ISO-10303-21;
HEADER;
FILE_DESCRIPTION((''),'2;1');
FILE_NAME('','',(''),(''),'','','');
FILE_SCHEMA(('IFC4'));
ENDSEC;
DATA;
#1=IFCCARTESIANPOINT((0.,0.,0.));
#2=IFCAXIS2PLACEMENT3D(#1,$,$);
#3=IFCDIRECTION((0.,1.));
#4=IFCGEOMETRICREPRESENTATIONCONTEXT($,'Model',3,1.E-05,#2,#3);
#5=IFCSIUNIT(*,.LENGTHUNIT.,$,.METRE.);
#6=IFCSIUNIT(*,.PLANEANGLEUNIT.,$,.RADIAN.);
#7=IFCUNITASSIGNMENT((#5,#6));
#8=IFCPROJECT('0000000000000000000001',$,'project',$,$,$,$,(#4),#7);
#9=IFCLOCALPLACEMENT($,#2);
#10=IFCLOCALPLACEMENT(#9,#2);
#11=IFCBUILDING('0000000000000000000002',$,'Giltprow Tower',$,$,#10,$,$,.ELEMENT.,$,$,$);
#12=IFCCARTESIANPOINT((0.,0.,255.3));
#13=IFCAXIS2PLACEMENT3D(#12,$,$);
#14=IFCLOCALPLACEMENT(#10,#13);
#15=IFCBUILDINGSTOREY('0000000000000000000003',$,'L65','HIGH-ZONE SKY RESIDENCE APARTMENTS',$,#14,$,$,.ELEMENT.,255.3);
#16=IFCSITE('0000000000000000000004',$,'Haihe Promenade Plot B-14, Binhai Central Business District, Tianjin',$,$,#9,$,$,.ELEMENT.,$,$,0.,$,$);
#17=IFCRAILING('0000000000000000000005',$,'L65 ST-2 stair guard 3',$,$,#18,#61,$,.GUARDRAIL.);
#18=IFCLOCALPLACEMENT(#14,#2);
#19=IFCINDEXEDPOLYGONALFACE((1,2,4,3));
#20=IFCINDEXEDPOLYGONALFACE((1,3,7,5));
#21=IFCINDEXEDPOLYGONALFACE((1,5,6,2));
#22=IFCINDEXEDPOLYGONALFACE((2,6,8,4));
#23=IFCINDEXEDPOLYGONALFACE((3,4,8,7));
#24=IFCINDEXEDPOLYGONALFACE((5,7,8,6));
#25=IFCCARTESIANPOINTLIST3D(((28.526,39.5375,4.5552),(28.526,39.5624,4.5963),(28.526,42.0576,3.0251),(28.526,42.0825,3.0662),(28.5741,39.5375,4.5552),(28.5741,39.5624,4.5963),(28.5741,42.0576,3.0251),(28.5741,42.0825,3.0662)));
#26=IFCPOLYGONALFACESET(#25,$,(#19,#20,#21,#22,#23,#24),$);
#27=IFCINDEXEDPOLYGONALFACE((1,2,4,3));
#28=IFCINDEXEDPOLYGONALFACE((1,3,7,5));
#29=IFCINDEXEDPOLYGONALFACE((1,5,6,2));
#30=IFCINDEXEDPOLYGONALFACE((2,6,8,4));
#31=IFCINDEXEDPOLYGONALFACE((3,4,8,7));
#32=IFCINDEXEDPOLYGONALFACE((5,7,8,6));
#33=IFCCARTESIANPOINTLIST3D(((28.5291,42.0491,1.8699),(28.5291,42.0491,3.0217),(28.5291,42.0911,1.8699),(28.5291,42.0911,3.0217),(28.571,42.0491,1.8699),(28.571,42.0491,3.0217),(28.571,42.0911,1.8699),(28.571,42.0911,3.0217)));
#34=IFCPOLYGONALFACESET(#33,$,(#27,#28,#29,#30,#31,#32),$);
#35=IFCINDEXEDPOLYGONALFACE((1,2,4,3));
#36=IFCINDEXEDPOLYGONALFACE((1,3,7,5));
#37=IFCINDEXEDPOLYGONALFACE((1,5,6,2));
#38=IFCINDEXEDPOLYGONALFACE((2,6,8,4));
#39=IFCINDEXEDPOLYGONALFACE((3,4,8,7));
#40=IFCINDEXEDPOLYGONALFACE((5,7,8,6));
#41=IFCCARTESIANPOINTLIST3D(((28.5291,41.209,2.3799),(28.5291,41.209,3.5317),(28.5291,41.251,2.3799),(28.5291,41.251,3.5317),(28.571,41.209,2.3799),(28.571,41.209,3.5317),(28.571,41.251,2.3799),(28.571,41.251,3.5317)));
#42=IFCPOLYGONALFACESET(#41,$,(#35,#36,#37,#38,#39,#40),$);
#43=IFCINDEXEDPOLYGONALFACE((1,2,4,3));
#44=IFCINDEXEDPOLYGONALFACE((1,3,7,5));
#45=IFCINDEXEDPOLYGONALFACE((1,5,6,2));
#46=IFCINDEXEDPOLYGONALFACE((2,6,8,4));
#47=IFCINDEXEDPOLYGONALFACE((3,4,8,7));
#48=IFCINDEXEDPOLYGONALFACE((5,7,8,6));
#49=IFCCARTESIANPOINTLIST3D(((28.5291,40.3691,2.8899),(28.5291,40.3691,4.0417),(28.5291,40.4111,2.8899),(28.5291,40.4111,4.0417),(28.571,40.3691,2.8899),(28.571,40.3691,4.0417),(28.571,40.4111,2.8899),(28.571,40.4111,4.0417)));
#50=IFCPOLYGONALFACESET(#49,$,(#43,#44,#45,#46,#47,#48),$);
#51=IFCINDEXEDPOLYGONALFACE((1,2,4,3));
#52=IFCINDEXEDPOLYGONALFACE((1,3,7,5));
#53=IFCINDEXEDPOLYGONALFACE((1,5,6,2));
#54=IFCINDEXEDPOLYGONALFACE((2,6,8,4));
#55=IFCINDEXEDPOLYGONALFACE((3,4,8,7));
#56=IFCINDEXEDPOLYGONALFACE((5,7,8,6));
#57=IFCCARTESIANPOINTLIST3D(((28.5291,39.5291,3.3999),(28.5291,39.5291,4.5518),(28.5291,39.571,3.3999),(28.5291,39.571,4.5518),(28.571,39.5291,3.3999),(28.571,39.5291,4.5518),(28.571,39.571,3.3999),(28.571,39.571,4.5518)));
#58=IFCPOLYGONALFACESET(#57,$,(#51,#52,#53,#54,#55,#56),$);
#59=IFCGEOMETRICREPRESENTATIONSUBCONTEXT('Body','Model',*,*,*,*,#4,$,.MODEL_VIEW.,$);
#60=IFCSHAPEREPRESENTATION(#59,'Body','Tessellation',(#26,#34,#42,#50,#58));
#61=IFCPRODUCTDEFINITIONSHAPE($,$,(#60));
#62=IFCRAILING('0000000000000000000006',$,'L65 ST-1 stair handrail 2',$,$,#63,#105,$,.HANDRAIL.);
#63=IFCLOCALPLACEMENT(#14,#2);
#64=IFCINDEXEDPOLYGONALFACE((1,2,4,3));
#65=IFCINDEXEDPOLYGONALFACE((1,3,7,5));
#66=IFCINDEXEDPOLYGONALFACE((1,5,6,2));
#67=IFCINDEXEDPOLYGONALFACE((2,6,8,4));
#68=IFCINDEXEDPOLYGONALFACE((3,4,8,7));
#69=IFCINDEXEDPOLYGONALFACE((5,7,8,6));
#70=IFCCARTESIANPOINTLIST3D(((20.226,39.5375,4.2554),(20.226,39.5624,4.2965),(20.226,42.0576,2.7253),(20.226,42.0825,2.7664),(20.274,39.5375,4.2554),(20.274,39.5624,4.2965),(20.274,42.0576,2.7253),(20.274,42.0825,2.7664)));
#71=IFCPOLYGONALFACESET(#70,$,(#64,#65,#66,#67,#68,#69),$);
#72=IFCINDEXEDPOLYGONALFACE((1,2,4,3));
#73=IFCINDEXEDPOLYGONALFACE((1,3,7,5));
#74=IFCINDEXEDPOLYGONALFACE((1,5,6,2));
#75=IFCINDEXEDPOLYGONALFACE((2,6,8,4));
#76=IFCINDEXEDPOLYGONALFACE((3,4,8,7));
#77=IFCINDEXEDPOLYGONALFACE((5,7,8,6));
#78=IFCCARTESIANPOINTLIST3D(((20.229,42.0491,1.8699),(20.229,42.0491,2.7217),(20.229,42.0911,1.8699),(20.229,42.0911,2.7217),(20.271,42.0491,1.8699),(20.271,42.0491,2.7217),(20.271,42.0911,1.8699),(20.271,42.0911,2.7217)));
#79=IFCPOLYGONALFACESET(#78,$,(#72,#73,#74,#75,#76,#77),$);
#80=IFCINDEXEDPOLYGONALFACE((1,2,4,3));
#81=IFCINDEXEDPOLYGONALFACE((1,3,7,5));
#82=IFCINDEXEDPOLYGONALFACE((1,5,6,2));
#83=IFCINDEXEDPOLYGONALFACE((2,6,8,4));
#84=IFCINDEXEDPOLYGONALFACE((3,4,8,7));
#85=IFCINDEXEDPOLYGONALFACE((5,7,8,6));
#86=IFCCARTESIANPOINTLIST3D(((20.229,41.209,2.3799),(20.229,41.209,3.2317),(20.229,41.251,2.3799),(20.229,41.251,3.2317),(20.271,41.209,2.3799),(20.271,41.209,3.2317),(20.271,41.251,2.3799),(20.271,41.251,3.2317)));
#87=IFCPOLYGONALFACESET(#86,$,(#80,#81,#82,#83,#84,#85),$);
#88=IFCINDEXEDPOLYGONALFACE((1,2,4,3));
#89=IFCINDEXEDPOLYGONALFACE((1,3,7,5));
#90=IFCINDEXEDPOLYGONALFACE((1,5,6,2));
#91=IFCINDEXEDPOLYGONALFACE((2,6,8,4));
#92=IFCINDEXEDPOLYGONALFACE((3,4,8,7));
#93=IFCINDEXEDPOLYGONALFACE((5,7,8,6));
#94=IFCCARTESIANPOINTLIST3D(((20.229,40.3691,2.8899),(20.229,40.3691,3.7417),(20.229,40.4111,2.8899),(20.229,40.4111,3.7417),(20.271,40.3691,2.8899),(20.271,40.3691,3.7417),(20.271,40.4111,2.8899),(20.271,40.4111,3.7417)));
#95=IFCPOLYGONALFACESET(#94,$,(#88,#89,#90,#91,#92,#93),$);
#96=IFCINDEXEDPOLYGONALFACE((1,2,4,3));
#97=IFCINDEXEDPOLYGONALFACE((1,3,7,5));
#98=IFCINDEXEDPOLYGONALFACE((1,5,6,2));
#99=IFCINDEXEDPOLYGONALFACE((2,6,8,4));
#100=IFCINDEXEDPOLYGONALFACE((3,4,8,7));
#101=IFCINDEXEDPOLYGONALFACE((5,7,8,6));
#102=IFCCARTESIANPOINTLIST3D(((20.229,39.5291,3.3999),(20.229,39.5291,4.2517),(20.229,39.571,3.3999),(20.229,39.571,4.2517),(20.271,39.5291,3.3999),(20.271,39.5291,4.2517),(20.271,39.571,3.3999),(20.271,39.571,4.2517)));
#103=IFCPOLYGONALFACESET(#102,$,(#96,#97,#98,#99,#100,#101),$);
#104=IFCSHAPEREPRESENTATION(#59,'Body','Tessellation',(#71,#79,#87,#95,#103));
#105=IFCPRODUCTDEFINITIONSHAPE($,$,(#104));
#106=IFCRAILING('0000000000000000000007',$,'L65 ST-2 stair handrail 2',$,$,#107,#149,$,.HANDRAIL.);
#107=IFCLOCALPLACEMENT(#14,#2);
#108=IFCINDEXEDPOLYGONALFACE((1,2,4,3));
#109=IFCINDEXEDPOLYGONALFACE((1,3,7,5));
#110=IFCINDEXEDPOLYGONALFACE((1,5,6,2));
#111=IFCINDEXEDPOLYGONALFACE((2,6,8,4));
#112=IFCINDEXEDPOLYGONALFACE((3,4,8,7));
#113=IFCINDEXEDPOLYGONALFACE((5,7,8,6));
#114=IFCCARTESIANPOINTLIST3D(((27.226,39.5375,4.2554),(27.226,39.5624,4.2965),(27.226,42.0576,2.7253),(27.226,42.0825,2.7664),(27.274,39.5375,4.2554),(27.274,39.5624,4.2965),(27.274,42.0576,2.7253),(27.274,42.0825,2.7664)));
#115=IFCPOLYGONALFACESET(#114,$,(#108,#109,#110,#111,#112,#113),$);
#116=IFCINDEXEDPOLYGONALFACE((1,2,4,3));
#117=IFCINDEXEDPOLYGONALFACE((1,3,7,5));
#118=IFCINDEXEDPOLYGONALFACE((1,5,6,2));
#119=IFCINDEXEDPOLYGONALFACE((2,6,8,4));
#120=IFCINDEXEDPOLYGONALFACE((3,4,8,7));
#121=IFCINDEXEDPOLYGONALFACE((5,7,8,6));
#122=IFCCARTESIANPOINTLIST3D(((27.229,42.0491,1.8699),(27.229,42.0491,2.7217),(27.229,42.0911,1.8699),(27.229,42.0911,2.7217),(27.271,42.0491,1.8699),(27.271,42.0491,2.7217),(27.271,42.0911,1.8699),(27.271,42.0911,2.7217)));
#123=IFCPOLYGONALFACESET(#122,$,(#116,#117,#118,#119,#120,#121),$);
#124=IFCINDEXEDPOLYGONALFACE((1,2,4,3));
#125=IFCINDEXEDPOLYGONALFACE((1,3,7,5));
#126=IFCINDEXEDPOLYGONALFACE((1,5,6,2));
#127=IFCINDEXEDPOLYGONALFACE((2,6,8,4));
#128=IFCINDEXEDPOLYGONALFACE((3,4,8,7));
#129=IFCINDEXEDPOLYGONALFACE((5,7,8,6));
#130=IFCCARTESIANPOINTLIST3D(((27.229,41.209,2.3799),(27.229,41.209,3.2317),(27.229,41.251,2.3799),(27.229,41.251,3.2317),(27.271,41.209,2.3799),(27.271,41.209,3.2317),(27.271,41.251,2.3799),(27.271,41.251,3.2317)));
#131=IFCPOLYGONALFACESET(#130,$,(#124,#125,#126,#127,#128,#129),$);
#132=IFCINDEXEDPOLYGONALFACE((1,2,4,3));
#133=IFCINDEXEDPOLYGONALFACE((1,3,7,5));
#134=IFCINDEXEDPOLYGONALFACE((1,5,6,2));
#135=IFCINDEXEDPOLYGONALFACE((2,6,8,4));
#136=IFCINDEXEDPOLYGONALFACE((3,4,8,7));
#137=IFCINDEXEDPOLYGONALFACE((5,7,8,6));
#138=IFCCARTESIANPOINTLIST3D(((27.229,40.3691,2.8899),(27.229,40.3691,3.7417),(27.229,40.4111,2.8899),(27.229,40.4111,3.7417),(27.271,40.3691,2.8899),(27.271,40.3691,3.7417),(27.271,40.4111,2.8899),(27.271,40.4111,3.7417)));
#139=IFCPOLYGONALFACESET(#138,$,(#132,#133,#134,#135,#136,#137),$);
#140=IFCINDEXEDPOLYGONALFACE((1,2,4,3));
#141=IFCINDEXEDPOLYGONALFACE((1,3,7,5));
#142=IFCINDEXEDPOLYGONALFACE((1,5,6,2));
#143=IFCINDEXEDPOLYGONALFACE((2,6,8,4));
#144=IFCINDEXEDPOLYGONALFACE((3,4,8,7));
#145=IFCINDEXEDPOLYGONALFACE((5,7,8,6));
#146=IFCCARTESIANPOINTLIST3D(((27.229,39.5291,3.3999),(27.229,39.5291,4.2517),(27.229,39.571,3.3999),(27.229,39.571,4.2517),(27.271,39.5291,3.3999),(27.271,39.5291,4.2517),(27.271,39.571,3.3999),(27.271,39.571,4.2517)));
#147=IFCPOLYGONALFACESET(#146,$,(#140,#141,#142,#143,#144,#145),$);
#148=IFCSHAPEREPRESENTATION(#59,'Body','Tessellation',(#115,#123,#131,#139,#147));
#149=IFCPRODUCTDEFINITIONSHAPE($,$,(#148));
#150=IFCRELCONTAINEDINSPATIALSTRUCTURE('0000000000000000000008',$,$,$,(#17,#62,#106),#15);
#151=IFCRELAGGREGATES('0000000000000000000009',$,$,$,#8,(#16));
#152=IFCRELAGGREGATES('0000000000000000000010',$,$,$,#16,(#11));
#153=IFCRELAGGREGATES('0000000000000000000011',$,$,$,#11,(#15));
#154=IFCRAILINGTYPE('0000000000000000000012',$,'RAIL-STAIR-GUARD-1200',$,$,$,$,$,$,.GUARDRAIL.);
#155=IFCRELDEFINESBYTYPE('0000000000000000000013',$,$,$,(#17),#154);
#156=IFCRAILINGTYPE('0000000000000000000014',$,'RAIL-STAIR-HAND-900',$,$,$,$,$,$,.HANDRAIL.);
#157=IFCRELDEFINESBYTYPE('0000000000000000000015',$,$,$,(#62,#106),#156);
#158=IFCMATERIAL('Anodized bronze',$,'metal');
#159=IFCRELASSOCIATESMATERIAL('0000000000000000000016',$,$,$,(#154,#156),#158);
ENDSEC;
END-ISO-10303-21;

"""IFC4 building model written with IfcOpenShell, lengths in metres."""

from ifc_helpers import new_model, si_unit, direction, frame, origin, origin_2d, place, context, subcontext, project, spatial, rectangle, extrude, material, type_object, element, save


model = new_model("IFC4")

# Units and contexts
model_context = context("Model", 3, precision=1e-05, world=origin(), true_north=direction((0.0, 1.0)))
body_context = subcontext(model_context, "Body", "Model", "MODEL_VIEW")
ifc_project = project(units=[si_unit("LENGTHUNIT", "METRE"), si_unit("PLANEANGLEUNIT", "RADIAN")], contexts=[model_context])

# Site, building, storey
site_placement = place(None, origin())
site = spatial("IfcSite", under=ifc_project, at=site_placement, Name="Haihe Promenade Plot B-14, Binhai Central Business District, Tianjin", CompositionType="ELEMENT", RefElevation=0.0)
building_placement = place(site_placement, origin())
building = spatial("IfcBuilding", under=site, at=building_placement, Name="Giltprow Tower", CompositionType="ELEMENT")
storey_placement = place(building_placement, frame((0.0, 0.0, 255.3)))
storey = spatial("IfcBuildingStorey", under=building, at=storey_placement, Name="L65", Description="HIGH-ZONE SKY RESIDENCE APARTMENTS", CompositionType="ELEMENT", Elevation=255.3)

# Railings
ifc_material_1 = material(Name="Anodized bronze", Category="metal")
railing_type_1 = type_object("IfcRailingType", Name="RAIL-STAIR-GUARD-1200", PredefinedType="GUARDRAIL", material=ifc_material_1)
railing_1_placement = place(storey_placement, frame((28.55, 42.0701, 1.8699)))
element("IfcRailing", 1, at=railing_1_placement, inside=storey, type_object=railing_type_1, Name="L65 ST-2 stair guard 3", PredefinedType="GUARDRAIL", context=body_context, shape_type="SweptSolid", body=[
    extrude(rectangle(XDim=0.0481, YDim=0.0481, at=origin_2d()), frame((0.0, 0.0, 1.1758), z_axis=(0.0, -0.854785, 0.518982), x_axis=(1.0, 0.0, 0.0)), (0.0, 0.0, 1.0), 2.9482),
    extrude(rectangle(XDim=0.042, YDim=0.042, at=origin_2d()), origin(), (0.0, 0.0, 1.0), 1.1519),
    extrude(rectangle(XDim=0.042, YDim=0.042, at=origin_2d()), frame((0.0, -0.8401, 0.51)), (0.0, 0.0, 1.0), 1.1519),
    extrude(rectangle(XDim=0.042, YDim=0.042, at=origin_2d()), frame((0.0, -1.6799, 1.02)), (0.0, 0.0, 1.0), 1.1519),
    extrude(rectangle(XDim=0.042, YDim=0.042, at=origin_2d()), frame((0.0, -2.52, 1.53)), (0.0, 0.0, 1.0), 1.1519),
])
railing_type_2 = type_object("IfcRailingType", Name="RAIL-STAIR-HAND-900", PredefinedType="HANDRAIL", material=ifc_material_1)
for number, where, name in (
    (2, (20.25, 42.0701, 1.8699), "L65 ST-1 stair handrail 2"),
    (3, (27.25, 42.0701, 1.8699), "L65 ST-2 stair handrail 2"),
):
    element("IfcRailing", number, at=place(storey_placement, frame(where)), inside=storey, type_object=railing_type_2, Name=name, PredefinedType="HANDRAIL", context=body_context, shape_type="SweptSolid", body=[
        extrude(rectangle(XDim=0.0481, YDim=0.0481, at=origin_2d()), frame((0.0, 0.0, 0.876), z_axis=(0.0, -0.854785, 0.518982), x_axis=(1.0, 0.0, 0.0)), (0.0, 0.0, 1.0), 2.9482),
        extrude(rectangle(XDim=0.042, YDim=0.042, at=origin_2d()), origin(), (0.0, 0.0, 1.0), 0.8518),
        extrude(rectangle(XDim=0.042, YDim=0.042, at=origin_2d()), frame((0.0, -0.8401, 0.51)), (0.0, 0.0, 1.0), 0.8518),
        extrude(rectangle(XDim=0.042, YDim=0.042, at=origin_2d()), frame((0.0, -1.6799, 1.02)), (0.0, 0.0, 1.0), 0.8518),
        extrude(rectangle(XDim=0.042, YDim=0.042, at=origin_2d()), frame((0.0, -2.52, 1.53)), (0.0, 0.0, 1.0), 0.8518),
    ])

save(model, "model.ifc")
